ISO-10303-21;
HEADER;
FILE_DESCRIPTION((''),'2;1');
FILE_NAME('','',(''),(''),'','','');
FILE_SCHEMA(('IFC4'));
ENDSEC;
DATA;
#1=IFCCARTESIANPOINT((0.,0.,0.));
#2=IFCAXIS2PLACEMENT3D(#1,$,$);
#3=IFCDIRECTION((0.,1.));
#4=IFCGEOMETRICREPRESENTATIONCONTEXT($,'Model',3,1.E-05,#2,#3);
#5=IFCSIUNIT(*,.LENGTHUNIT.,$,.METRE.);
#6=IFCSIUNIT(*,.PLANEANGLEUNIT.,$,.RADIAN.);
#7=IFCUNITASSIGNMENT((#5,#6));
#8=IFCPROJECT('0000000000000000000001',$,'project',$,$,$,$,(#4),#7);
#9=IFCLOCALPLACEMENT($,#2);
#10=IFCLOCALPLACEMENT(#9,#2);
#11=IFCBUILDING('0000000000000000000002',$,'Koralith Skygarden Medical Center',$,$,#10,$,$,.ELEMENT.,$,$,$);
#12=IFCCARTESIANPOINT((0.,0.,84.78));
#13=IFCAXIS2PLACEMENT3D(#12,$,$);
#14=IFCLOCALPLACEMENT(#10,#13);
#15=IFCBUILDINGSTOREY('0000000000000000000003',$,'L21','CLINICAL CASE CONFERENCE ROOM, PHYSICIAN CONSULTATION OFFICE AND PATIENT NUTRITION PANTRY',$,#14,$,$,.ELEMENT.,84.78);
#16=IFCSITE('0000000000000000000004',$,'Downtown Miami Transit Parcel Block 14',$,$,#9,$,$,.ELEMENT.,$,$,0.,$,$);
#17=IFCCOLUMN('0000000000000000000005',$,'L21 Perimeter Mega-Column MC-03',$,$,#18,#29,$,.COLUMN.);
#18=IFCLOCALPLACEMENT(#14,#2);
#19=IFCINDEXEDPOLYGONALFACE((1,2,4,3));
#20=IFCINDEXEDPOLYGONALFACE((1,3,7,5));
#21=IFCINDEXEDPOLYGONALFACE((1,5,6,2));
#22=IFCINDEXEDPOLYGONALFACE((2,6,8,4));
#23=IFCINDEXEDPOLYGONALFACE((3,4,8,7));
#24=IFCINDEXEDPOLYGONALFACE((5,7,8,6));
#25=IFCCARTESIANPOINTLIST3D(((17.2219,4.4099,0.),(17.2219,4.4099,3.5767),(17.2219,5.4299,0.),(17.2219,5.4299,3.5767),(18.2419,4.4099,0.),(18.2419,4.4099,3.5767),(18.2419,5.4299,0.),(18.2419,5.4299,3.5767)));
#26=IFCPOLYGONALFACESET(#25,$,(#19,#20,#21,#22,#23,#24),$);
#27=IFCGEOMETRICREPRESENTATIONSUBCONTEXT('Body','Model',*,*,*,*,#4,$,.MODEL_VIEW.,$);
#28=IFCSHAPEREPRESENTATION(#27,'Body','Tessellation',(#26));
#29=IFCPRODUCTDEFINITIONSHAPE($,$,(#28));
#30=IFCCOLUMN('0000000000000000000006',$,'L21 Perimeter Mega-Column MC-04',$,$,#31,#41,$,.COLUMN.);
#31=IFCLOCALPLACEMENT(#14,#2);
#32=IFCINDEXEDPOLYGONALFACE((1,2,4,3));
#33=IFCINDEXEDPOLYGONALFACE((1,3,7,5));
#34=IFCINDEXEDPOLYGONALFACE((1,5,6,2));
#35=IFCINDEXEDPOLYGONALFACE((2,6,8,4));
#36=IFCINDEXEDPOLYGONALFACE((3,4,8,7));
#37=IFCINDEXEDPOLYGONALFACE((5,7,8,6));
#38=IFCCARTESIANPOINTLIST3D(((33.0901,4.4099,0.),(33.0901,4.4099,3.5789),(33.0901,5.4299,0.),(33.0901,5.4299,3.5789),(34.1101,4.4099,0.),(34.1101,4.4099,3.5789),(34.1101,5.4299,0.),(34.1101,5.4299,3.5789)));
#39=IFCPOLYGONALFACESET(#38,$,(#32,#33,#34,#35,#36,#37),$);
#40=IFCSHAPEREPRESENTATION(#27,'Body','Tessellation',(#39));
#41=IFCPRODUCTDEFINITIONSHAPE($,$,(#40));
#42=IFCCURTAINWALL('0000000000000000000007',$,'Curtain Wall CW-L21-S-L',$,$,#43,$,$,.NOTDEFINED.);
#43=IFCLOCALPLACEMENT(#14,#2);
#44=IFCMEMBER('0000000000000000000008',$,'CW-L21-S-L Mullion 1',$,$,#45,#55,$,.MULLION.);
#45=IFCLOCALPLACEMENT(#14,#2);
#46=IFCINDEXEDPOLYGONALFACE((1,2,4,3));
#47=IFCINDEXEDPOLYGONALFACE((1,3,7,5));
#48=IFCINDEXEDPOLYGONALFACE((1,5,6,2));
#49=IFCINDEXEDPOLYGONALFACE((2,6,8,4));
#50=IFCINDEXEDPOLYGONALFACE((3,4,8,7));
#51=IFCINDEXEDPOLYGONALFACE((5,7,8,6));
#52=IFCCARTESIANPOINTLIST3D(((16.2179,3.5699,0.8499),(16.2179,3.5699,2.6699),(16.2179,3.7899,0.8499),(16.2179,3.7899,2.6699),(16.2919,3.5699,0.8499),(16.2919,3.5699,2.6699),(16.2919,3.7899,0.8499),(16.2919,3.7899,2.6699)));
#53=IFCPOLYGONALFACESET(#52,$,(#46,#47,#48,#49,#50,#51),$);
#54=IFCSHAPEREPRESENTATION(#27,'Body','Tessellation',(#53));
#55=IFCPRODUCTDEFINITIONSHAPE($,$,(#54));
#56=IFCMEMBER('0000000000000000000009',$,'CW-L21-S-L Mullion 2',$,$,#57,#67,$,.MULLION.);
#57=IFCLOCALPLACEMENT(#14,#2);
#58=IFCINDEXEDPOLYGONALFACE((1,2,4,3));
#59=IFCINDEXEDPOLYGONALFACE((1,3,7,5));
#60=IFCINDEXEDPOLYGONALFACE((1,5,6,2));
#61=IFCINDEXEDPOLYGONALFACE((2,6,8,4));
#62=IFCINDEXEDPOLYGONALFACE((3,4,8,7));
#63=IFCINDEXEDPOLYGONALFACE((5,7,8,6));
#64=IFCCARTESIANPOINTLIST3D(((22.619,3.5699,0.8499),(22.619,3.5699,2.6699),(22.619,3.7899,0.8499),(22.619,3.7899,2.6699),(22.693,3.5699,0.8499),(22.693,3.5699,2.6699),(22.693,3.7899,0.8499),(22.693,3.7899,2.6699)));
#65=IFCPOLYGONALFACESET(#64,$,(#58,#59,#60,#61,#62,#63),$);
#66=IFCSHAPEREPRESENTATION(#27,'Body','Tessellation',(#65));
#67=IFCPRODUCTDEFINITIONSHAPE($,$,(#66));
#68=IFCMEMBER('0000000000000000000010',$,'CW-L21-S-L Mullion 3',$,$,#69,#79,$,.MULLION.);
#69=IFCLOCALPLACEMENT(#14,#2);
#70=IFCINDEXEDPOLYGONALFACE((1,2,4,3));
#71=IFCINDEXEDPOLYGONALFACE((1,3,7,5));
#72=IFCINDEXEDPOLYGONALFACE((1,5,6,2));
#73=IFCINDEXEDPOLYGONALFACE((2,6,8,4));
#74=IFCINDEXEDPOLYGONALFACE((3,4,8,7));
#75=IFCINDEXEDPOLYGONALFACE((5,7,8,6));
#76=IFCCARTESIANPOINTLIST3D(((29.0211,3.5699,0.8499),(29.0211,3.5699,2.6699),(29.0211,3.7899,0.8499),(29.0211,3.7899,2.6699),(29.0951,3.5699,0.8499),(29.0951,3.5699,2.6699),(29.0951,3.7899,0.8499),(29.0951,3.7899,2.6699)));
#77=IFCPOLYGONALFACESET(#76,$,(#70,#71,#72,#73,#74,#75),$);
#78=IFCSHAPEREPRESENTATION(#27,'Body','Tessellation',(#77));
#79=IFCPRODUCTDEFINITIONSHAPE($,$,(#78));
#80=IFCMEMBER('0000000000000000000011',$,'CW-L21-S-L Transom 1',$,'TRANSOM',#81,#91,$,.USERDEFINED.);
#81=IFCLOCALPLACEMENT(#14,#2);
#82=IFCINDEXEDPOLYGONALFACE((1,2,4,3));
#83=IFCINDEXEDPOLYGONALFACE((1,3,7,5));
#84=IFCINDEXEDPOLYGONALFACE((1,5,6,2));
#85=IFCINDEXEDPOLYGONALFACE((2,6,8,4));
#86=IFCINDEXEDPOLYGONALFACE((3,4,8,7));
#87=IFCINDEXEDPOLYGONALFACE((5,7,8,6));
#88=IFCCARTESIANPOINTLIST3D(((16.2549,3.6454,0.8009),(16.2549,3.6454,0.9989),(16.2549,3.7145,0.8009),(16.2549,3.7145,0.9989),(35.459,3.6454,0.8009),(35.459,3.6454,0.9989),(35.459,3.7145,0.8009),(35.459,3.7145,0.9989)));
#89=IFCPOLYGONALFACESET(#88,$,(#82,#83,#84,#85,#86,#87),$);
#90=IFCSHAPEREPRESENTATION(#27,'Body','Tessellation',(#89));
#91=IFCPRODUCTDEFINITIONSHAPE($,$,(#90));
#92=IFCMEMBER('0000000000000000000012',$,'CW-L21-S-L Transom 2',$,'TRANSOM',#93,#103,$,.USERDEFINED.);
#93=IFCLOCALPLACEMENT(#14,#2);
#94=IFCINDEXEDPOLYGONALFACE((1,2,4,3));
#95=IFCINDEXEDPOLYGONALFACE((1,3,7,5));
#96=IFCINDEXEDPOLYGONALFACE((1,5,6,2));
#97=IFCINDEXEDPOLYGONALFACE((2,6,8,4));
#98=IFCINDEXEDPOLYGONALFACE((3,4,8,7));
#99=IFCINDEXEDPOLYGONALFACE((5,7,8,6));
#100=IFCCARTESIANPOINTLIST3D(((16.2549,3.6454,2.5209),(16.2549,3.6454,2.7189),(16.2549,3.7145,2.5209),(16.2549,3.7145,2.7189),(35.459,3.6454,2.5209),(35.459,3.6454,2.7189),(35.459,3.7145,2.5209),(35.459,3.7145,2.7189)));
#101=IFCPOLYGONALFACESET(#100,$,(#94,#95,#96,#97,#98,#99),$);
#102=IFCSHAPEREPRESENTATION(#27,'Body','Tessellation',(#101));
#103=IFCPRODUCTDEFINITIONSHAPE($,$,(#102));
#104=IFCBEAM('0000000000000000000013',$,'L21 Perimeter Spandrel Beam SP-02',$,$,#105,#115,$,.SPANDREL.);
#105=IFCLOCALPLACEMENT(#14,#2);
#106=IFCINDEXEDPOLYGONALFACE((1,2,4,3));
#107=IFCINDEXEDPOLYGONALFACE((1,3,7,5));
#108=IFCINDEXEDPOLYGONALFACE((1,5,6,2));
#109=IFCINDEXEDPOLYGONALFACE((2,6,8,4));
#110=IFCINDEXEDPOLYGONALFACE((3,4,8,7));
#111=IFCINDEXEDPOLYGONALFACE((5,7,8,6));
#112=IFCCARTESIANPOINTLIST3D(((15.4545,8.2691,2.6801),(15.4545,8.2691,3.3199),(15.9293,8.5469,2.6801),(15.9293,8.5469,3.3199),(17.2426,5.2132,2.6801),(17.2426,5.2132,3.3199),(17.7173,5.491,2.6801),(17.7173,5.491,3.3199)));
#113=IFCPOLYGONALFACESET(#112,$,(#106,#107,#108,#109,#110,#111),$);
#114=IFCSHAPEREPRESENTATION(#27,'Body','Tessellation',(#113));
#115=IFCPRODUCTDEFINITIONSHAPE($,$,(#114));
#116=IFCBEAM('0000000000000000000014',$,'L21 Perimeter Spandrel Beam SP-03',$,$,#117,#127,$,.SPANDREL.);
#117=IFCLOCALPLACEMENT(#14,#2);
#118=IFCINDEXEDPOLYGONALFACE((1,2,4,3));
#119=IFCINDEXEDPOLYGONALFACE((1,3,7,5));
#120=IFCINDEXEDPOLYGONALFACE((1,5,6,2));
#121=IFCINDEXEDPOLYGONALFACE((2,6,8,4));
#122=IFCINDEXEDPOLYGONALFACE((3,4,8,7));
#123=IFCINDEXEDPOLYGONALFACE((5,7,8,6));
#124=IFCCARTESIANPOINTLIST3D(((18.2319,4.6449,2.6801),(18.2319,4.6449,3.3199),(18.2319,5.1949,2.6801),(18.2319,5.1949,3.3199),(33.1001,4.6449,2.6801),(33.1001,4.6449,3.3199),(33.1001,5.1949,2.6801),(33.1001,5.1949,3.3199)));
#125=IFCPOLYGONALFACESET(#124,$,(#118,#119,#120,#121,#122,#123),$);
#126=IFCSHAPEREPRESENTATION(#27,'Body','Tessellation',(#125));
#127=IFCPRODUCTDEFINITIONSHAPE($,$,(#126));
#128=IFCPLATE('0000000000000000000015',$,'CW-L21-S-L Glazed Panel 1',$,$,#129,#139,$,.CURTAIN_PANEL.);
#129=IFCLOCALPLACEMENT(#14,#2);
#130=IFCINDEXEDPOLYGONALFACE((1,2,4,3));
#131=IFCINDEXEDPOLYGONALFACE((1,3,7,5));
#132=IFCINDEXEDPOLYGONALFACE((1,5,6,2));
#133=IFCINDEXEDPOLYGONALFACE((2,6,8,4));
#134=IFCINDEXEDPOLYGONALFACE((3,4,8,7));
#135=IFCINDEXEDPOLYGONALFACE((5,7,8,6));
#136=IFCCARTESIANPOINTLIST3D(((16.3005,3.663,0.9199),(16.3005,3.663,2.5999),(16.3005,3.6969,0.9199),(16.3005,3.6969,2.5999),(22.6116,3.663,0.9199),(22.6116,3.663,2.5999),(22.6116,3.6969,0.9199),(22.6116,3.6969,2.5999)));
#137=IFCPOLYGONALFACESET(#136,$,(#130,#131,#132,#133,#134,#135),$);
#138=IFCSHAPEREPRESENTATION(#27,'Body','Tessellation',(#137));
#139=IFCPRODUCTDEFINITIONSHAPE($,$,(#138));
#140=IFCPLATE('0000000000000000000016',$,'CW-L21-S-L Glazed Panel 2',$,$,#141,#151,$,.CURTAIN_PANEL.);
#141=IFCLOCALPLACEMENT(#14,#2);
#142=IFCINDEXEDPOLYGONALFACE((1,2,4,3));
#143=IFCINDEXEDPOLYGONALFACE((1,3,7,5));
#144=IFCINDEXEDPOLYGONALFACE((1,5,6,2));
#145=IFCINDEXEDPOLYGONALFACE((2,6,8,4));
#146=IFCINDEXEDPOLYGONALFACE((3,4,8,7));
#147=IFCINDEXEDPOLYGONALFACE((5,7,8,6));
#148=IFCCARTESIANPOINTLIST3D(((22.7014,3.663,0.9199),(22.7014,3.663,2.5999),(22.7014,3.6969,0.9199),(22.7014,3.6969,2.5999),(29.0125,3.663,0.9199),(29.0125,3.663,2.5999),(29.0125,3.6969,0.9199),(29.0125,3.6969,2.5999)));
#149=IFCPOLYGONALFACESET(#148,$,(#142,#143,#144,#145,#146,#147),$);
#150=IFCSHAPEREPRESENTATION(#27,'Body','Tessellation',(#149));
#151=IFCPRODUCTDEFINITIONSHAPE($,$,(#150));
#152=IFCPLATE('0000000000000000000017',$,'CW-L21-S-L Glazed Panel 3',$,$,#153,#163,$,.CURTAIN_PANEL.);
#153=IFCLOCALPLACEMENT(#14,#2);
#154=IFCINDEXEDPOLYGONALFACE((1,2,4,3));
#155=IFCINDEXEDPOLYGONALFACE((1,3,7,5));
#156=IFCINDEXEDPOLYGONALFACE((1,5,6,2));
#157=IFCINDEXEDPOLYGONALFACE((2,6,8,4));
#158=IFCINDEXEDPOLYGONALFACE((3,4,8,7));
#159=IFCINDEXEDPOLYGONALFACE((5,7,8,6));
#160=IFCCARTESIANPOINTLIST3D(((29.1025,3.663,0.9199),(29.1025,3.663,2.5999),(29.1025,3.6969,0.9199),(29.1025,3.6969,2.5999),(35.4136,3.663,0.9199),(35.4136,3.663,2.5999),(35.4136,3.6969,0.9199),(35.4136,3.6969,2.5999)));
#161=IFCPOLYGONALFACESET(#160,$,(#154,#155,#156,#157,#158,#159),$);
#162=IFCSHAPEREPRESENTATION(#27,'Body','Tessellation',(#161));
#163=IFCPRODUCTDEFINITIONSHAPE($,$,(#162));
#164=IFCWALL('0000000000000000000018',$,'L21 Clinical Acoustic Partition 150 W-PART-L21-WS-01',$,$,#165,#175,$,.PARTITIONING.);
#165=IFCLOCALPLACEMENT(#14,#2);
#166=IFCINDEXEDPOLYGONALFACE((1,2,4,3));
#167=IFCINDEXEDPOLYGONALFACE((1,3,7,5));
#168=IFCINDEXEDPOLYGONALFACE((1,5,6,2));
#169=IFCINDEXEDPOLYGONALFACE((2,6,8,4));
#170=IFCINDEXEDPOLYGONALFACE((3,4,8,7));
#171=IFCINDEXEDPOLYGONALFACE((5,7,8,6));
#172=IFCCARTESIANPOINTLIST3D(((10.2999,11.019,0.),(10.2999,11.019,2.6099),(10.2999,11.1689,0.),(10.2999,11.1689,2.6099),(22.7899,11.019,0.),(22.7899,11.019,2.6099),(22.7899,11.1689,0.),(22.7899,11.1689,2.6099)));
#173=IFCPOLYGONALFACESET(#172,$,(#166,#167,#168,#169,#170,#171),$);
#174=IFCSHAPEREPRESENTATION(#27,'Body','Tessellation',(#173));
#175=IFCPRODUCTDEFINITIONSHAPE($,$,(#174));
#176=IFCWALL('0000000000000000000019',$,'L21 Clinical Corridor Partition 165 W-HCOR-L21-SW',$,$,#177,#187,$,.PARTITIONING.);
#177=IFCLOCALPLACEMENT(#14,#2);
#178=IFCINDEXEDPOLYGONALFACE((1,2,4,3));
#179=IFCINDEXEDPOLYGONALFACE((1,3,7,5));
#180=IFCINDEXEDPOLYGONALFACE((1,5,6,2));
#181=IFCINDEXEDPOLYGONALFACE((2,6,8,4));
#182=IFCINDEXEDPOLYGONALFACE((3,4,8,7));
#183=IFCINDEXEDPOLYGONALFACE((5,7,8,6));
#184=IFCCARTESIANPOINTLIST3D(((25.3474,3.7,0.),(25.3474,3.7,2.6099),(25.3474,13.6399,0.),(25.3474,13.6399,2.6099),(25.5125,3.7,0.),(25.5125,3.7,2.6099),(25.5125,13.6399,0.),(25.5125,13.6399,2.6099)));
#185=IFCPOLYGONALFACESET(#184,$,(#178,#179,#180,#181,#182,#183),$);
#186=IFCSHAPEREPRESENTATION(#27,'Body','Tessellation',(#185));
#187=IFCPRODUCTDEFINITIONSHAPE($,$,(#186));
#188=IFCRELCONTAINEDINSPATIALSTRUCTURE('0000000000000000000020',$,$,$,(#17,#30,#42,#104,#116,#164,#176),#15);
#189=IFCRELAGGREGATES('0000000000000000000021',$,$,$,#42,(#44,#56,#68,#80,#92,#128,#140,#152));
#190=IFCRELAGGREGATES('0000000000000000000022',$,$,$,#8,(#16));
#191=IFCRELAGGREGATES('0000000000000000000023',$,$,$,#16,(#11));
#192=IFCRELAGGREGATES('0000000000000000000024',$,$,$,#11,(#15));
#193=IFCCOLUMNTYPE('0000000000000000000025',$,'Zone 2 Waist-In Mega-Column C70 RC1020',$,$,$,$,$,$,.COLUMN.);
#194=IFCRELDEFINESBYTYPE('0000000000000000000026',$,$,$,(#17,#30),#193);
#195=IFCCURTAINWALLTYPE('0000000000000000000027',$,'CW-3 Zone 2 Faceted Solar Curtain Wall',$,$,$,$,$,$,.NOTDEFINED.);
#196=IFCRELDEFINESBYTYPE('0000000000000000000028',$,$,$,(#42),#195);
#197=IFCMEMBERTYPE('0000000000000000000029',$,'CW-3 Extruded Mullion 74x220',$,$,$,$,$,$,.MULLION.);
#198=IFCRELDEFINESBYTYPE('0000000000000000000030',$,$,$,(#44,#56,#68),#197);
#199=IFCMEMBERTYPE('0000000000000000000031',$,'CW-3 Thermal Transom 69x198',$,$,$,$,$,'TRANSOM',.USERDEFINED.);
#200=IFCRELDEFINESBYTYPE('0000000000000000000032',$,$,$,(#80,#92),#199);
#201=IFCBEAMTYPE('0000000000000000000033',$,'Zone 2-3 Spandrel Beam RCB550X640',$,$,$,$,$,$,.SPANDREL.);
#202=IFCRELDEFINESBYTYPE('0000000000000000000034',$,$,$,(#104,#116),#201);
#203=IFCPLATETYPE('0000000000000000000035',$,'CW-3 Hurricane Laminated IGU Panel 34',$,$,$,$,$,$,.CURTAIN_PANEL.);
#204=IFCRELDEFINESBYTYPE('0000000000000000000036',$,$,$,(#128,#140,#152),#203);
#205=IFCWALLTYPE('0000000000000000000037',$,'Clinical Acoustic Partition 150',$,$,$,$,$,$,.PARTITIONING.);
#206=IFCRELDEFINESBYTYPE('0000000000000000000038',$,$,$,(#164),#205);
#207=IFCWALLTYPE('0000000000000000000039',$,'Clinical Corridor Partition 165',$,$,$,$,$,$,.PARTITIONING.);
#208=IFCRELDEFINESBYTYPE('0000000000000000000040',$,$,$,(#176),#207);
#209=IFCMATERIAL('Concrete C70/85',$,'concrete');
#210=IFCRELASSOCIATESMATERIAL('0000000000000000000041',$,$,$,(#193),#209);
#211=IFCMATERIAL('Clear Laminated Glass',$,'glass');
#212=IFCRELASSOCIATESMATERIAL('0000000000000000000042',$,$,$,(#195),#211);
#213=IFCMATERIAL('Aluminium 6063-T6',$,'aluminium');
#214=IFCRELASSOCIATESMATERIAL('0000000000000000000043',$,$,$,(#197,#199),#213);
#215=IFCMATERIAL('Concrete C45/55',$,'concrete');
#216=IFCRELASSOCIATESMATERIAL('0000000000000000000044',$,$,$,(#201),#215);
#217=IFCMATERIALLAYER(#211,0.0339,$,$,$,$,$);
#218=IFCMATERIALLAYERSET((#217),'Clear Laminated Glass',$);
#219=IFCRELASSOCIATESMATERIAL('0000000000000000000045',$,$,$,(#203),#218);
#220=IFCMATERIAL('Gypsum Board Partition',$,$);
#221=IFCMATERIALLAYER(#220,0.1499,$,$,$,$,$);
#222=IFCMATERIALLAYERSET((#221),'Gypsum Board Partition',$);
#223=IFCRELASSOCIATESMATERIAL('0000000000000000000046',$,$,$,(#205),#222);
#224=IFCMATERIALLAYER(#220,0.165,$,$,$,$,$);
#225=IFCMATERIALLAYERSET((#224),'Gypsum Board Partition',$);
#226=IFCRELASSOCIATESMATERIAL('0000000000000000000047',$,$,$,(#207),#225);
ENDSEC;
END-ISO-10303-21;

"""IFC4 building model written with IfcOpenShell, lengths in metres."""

from ifc_helpers import new_model, si_unit, direction, frame, frame_2d, origin, origin_2d, place, context, subcontext, project, spatial, rectangle, extrude, material, layer, layer_set, material_profile, profile_set, type_object, element, aggregate, save


model = new_model("IFC4")

# Units and contexts
model_context = context("Model", 3, precision=1e-05, world=origin(), true_north=direction((0.0, 1.0)))
body_context = subcontext(model_context, "Body", "Model", "MODEL_VIEW")
ifc_project = project(units=[si_unit("LENGTHUNIT", "METRE"), si_unit("PLANEANGLEUNIT", "RADIAN")], contexts=[model_context])

# Site, building, storey
site_placement = place(None, origin())
site = spatial("IfcSite", under=ifc_project, at=site_placement, Name="Downtown Miami Transit Parcel Block 14", CompositionType="ELEMENT", RefElevation=0.0)
building_placement = place(site_placement, origin())
building = spatial("IfcBuilding", under=site, at=building_placement, Name="Koralith Skygarden Medical Center", CompositionType="ELEMENT")
storey_placement = place(building_placement, frame((0.0, 0.0, 84.78)))
storey = spatial("IfcBuildingStorey", under=building, at=storey_placement, Name="L21", Description="CLINICAL CASE CONFERENCE ROOM, PHYSICIAN CONSULTATION OFFICE AND PATIENT NUTRITION PANTRY", CompositionType="ELEMENT", Elevation=84.78)

# Columns
ifc_material_1 = material(Name="Concrete C70/85", Category="concrete")
ifc_material_profile_1 = material_profile(ifc_material_1, rectangle(XDim=1.02, YDim=1.02, at=origin_2d()), Name="RC1020X1020")
ifc_profile_set_1 = profile_set([ifc_material_profile_1], Name="Concrete C70/85")
column_type = type_object("IfcColumnType", Name="Zone 2 Waist-In Mega-Column C70 RC1020", PredefinedType="COLUMN", material=ifc_profile_set_1)
column_1_placement = place(storey_placement, frame((17.7319, 4.9199, 0.0), z_axis=(0.0, 0.0, 1.0), x_axis=(1.0, 0.0, 0.0)))
element("IfcColumn", 1, at=column_1_placement, inside=storey, type_object=column_type, Name="L21 Perimeter Mega-Column MC-03", PredefinedType="COLUMN", context=body_context, shape_type="SweptSolid", body=[
    extrude(rectangle(XDim=1.02, YDim=1.02, at=origin_2d()), origin(), (0.0, 0.0, 1.0), 3.5767),
])
column_2_placement = place(storey_placement, frame((33.6001, 4.9199, 0.0), z_axis=(0.0, 0.0, 1.0), x_axis=(1.0, 0.0, 0.0)))
element("IfcColumn", 2, at=column_2_placement, inside=storey, type_object=column_type, Name="L21 Perimeter Mega-Column MC-04", PredefinedType="COLUMN", context=body_context, shape_type="SweptSolid", body=[
    extrude(rectangle(XDim=1.02, YDim=1.02, at=origin_2d()), origin(), (0.0, 0.0, 1.0), 3.5789),
])

# Curtain wall, members
ifc_material_2 = material(Name="Clear Laminated Glass", Category="glass")
curtain_wall_type = type_object("IfcCurtainWallType", Name="CW-3 Zone 2 Faceted Solar Curtain Wall", PredefinedType="NOTDEFINED", material=ifc_material_2)
curtain_wall_placement = place(storey_placement, origin())
curtain_wall = element("IfcCurtainWall", 3, at=curtain_wall_placement, inside=storey, type_object=curtain_wall_type, Name="Curtain Wall CW-L21-S-L", PredefinedType="NOTDEFINED")
ifc_material_3 = material(Name="Aluminium 6063-T6", Category="aluminium")
ifc_material_profile_2 = material_profile(ifc_material_3, rectangle(XDim=0.074, YDim=0.22, at=origin_2d()), Name="MUL74X220")
ifc_profile_set_2 = profile_set([ifc_material_profile_2], Name="Aluminium 6063-T6")
member_type_1 = type_object("IfcMemberType", Name="CW-3 Extruded Mullion 74x220", PredefinedType="MULLION", material=ifc_profile_set_2)
member_1_placement = place(storey_placement, frame((16.2549, 3.6799, 0.8499), z_axis=(0.0, 0.0, 1.0), x_axis=(1.0, 0.0, 0.0)))
member_1 = element("IfcMember", 4, at=member_1_placement, type_object=member_type_1, Name="CW-L21-S-L Mullion 1", PredefinedType="MULLION", context=body_context, shape_type="SweptSolid", body=[
    extrude(rectangle(XDim=0.074, YDim=0.22, at=origin_2d()), origin(), (0.0, 0.0, 1.0), 1.8201),
])
member_2_placement = place(storey_placement, frame((22.656, 3.6799, 0.8499), z_axis=(0.0, 0.0, 1.0), x_axis=(1.0, 0.0, 0.0)))
member_2 = element("IfcMember", 5, at=member_2_placement, type_object=member_type_1, Name="CW-L21-S-L Mullion 2", PredefinedType="MULLION", context=body_context, shape_type="SweptSolid", body=[
    extrude(rectangle(XDim=0.074, YDim=0.22, at=origin_2d()), origin(), (0.0, 0.0, 1.0), 1.8201),
])
member_3_placement = place(storey_placement, frame((29.0581, 3.6799, 0.8499), z_axis=(0.0, 0.0, 1.0), x_axis=(1.0, 0.0, 0.0)))
member_3 = element("IfcMember", 6, at=member_3_placement, type_object=member_type_1, Name="CW-L21-S-L Mullion 3", PredefinedType="MULLION", context=body_context, shape_type="SweptSolid", body=[
    extrude(rectangle(XDim=0.074, YDim=0.22, at=origin_2d()), origin(), (0.0, 0.0, 1.0), 1.8201),
])
ifc_material_profile_3 = material_profile(ifc_material_3, rectangle(XDim=0.0691, YDim=0.198, at=origin_2d()), Name="TRN69X198")
ifc_profile_set_3 = profile_set([ifc_material_profile_3], Name="Aluminium 6063-T6")
member_type_2 = type_object("IfcMemberType", Name="CW-3 Thermal Transom 69x198", ElementType="TRANSOM", PredefinedType="USERDEFINED", material=ifc_profile_set_3)
member_4_placement = place(storey_placement, frame((16.2549, 3.6799, 0.8999), z_axis=(1.0, 0.0, 0.0), x_axis=(0.0, 1.0, 0.0)))
member_4 = element("IfcMember", 7, at=member_4_placement, type_object=member_type_2, Name="CW-L21-S-L Transom 1", ObjectType="TRANSOM", PredefinedType="USERDEFINED", context=body_context, shape_type="SweptSolid", body=[
    extrude(rectangle(XDim=0.0691, YDim=0.198, at=origin_2d()), origin(), (0.0, 0.0, 1.0), 19.2041),
])
member_5_placement = place(storey_placement, frame((16.2549, 3.6799, 2.6199), z_axis=(1.0, 0.0, 0.0), x_axis=(0.0, 1.0, 0.0)))
member_5 = element("IfcMember", 8, at=member_5_placement, type_object=member_type_2, Name="CW-L21-S-L Transom 2", ObjectType="TRANSOM", PredefinedType="USERDEFINED", context=body_context, shape_type="SweptSolid", body=[
    extrude(rectangle(XDim=0.0691, YDim=0.198, at=origin_2d()), origin(), (0.0, 0.0, 1.0), 19.2041),
])

# Beams
ifc_material_4 = material(Name="Concrete C45/55", Category="concrete")
ifc_material_profile_4 = material_profile(ifc_material_4, rectangle(XDim=0.55, YDim=0.6399, at=origin_2d()), Name="RCB550X640")
ifc_profile_set_4 = profile_set([ifc_material_profile_4], Name="Concrete C45/55")
beam_type = type_object("IfcBeamType", Name="Zone 2-3 Spandrel Beam RCB550X640", PredefinedType="SPANDREL", material=ifc_profile_set_4)
beam_1_placement = place(storey_placement, frame((15.6919, 8.408, 3.0), z_axis=(0.505024, -0.863105, 0.0), x_axis=(0.863105, 0.505024, 0.0)))
element("IfcBeam", 9, at=beam_1_placement, inside=storey, type_object=beam_type, Name="L21 Perimeter Spandrel Beam SP-02", PredefinedType="SPANDREL", context=body_context, shape_type="SweptSolid", body=[
    extrude(rectangle(XDim=0.55, YDim=0.6399, at=origin_2d()), origin(), (0.0, 0.0, 1.0), 3.5405),
])
beam_2_placement = place(storey_placement, frame((18.2319, 4.9199, 3.0), z_axis=(1.0, 0.0, 0.0), x_axis=(0.0, 1.0, 0.0)))
element("IfcBeam", 10, at=beam_2_placement, inside=storey, type_object=beam_type, Name="L21 Perimeter Spandrel Beam SP-03", PredefinedType="SPANDREL", context=body_context, shape_type="SweptSolid", body=[
    extrude(rectangle(XDim=0.55, YDim=0.6399, at=origin_2d()), origin(), (0.0, 0.0, 1.0), 14.8682),
])

# Plates
ifc_layer_1 = layer(ifc_material_2, 0.0339)
ifc_layer_set_1 = layer_set([ifc_layer_1], Name="Clear Laminated Glass")
plate_type = type_object("IfcPlateType", Name="CW-3 Hurricane Laminated IGU Panel 34", PredefinedType="CURTAIN_PANEL", material=ifc_layer_set_1)
plate_1_placement = place(storey_placement, frame((19.4561, 3.6799, 0.9199), z_axis=(0.0, 0.0, 1.0), x_axis=(1.0, 0.0, 0.0)))
plate_1 = element("IfcPlate", 11, at=plate_1_placement, type_object=plate_type, Name="CW-L21-S-L Glazed Panel 1", PredefinedType="CURTAIN_PANEL", context=body_context, shape_type="SweptSolid", body=[
    extrude(rectangle(XDim=6.311, YDim=0.0339, at=origin_2d()), origin(), (0.0, 0.0, 1.0), 1.6799),
])
plate_2_placement = place(storey_placement, frame((25.8569, 3.6799, 0.9199), z_axis=(0.0, 0.0, 1.0), x_axis=(1.0, 0.0, 0.0)))
plate_2 = element("IfcPlate", 12, at=plate_2_placement, type_object=plate_type, Name="CW-L21-S-L Glazed Panel 2", PredefinedType="CURTAIN_PANEL", context=body_context, shape_type="SweptSolid", body=[
    extrude(rectangle(XDim=6.311, YDim=0.0339, at=origin_2d()), origin(), (0.0, 0.0, 1.0), 1.6799),
])
plate_3_placement = place(storey_placement, frame((32.2581, 3.6799, 0.9199), z_axis=(0.0, 0.0, 1.0), x_axis=(1.0, 0.0, 0.0)))
plate_3 = element("IfcPlate", 13, at=plate_3_placement, type_object=plate_type, Name="CW-L21-S-L Glazed Panel 3", PredefinedType="CURTAIN_PANEL", context=body_context, shape_type="SweptSolid", body=[
    extrude(rectangle(XDim=6.311, YDim=0.0339, at=origin_2d()), origin(), (0.0, 0.0, 1.0), 1.6799),
])
aggregate(curtain_wall, [member_1, member_2, member_3, member_4, member_5, plate_1, plate_2, plate_3])

# Walls
ifc_material_5 = material(Name="Gypsum Board Partition")
ifc_layer_2 = layer(ifc_material_5, 0.1499)
ifc_layer_set_2 = layer_set([ifc_layer_2], Name="Gypsum Board Partition")
wall_type_1 = type_object("IfcWallType", Name="Clinical Acoustic Partition 150", PredefinedType="PARTITIONING", material=ifc_layer_set_2)
wall_1_placement = place(storey_placement, frame((22.79, 11.094, 0.0), z_axis=(0.0, 0.0, 1.0), x_axis=(-1.0, 0.0, 0.0)))
element("IfcWall", 14, at=wall_1_placement, inside=storey, type_object=wall_type_1, Name="L21 Clinical Acoustic Partition 150 W-PART-L21-WS-01", PredefinedType="PARTITIONING", context=body_context, shape_type="SweptSolid", body=[
    extrude(rectangle(XDim=12.49, YDim=0.1499, at=frame_2d((6.2451, 0.0))), origin(), (0.0, 0.0, 1.0), 2.6099),
])
ifc_layer_3 = layer(ifc_material_5, 0.165)
ifc_layer_set_3 = layer_set([ifc_layer_3], Name="Gypsum Board Partition")
wall_type_2 = type_object("IfcWallType", Name="Clinical Corridor Partition 165", PredefinedType="PARTITIONING", material=ifc_layer_set_3)
wall_2_placement = place(storey_placement, frame((25.4299, 3.7, 0.0), z_axis=(0.0, 0.0, 1.0), x_axis=(0.0, 1.0, 0.0)))
element("IfcWall", 15, at=wall_2_placement, inside=storey, type_object=wall_type_2, Name="L21 Clinical Corridor Partition 165 W-HCOR-L21-SW", PredefinedType="PARTITIONING", context=body_context, shape_type="SweptSolid", body=[
    extrude(rectangle(XDim=9.9399, YDim=0.165, at=frame_2d((4.97, 0.0))), origin(), (0.0, 0.0, 1.0), 2.6099),
])

save(model, "model.ifc")
